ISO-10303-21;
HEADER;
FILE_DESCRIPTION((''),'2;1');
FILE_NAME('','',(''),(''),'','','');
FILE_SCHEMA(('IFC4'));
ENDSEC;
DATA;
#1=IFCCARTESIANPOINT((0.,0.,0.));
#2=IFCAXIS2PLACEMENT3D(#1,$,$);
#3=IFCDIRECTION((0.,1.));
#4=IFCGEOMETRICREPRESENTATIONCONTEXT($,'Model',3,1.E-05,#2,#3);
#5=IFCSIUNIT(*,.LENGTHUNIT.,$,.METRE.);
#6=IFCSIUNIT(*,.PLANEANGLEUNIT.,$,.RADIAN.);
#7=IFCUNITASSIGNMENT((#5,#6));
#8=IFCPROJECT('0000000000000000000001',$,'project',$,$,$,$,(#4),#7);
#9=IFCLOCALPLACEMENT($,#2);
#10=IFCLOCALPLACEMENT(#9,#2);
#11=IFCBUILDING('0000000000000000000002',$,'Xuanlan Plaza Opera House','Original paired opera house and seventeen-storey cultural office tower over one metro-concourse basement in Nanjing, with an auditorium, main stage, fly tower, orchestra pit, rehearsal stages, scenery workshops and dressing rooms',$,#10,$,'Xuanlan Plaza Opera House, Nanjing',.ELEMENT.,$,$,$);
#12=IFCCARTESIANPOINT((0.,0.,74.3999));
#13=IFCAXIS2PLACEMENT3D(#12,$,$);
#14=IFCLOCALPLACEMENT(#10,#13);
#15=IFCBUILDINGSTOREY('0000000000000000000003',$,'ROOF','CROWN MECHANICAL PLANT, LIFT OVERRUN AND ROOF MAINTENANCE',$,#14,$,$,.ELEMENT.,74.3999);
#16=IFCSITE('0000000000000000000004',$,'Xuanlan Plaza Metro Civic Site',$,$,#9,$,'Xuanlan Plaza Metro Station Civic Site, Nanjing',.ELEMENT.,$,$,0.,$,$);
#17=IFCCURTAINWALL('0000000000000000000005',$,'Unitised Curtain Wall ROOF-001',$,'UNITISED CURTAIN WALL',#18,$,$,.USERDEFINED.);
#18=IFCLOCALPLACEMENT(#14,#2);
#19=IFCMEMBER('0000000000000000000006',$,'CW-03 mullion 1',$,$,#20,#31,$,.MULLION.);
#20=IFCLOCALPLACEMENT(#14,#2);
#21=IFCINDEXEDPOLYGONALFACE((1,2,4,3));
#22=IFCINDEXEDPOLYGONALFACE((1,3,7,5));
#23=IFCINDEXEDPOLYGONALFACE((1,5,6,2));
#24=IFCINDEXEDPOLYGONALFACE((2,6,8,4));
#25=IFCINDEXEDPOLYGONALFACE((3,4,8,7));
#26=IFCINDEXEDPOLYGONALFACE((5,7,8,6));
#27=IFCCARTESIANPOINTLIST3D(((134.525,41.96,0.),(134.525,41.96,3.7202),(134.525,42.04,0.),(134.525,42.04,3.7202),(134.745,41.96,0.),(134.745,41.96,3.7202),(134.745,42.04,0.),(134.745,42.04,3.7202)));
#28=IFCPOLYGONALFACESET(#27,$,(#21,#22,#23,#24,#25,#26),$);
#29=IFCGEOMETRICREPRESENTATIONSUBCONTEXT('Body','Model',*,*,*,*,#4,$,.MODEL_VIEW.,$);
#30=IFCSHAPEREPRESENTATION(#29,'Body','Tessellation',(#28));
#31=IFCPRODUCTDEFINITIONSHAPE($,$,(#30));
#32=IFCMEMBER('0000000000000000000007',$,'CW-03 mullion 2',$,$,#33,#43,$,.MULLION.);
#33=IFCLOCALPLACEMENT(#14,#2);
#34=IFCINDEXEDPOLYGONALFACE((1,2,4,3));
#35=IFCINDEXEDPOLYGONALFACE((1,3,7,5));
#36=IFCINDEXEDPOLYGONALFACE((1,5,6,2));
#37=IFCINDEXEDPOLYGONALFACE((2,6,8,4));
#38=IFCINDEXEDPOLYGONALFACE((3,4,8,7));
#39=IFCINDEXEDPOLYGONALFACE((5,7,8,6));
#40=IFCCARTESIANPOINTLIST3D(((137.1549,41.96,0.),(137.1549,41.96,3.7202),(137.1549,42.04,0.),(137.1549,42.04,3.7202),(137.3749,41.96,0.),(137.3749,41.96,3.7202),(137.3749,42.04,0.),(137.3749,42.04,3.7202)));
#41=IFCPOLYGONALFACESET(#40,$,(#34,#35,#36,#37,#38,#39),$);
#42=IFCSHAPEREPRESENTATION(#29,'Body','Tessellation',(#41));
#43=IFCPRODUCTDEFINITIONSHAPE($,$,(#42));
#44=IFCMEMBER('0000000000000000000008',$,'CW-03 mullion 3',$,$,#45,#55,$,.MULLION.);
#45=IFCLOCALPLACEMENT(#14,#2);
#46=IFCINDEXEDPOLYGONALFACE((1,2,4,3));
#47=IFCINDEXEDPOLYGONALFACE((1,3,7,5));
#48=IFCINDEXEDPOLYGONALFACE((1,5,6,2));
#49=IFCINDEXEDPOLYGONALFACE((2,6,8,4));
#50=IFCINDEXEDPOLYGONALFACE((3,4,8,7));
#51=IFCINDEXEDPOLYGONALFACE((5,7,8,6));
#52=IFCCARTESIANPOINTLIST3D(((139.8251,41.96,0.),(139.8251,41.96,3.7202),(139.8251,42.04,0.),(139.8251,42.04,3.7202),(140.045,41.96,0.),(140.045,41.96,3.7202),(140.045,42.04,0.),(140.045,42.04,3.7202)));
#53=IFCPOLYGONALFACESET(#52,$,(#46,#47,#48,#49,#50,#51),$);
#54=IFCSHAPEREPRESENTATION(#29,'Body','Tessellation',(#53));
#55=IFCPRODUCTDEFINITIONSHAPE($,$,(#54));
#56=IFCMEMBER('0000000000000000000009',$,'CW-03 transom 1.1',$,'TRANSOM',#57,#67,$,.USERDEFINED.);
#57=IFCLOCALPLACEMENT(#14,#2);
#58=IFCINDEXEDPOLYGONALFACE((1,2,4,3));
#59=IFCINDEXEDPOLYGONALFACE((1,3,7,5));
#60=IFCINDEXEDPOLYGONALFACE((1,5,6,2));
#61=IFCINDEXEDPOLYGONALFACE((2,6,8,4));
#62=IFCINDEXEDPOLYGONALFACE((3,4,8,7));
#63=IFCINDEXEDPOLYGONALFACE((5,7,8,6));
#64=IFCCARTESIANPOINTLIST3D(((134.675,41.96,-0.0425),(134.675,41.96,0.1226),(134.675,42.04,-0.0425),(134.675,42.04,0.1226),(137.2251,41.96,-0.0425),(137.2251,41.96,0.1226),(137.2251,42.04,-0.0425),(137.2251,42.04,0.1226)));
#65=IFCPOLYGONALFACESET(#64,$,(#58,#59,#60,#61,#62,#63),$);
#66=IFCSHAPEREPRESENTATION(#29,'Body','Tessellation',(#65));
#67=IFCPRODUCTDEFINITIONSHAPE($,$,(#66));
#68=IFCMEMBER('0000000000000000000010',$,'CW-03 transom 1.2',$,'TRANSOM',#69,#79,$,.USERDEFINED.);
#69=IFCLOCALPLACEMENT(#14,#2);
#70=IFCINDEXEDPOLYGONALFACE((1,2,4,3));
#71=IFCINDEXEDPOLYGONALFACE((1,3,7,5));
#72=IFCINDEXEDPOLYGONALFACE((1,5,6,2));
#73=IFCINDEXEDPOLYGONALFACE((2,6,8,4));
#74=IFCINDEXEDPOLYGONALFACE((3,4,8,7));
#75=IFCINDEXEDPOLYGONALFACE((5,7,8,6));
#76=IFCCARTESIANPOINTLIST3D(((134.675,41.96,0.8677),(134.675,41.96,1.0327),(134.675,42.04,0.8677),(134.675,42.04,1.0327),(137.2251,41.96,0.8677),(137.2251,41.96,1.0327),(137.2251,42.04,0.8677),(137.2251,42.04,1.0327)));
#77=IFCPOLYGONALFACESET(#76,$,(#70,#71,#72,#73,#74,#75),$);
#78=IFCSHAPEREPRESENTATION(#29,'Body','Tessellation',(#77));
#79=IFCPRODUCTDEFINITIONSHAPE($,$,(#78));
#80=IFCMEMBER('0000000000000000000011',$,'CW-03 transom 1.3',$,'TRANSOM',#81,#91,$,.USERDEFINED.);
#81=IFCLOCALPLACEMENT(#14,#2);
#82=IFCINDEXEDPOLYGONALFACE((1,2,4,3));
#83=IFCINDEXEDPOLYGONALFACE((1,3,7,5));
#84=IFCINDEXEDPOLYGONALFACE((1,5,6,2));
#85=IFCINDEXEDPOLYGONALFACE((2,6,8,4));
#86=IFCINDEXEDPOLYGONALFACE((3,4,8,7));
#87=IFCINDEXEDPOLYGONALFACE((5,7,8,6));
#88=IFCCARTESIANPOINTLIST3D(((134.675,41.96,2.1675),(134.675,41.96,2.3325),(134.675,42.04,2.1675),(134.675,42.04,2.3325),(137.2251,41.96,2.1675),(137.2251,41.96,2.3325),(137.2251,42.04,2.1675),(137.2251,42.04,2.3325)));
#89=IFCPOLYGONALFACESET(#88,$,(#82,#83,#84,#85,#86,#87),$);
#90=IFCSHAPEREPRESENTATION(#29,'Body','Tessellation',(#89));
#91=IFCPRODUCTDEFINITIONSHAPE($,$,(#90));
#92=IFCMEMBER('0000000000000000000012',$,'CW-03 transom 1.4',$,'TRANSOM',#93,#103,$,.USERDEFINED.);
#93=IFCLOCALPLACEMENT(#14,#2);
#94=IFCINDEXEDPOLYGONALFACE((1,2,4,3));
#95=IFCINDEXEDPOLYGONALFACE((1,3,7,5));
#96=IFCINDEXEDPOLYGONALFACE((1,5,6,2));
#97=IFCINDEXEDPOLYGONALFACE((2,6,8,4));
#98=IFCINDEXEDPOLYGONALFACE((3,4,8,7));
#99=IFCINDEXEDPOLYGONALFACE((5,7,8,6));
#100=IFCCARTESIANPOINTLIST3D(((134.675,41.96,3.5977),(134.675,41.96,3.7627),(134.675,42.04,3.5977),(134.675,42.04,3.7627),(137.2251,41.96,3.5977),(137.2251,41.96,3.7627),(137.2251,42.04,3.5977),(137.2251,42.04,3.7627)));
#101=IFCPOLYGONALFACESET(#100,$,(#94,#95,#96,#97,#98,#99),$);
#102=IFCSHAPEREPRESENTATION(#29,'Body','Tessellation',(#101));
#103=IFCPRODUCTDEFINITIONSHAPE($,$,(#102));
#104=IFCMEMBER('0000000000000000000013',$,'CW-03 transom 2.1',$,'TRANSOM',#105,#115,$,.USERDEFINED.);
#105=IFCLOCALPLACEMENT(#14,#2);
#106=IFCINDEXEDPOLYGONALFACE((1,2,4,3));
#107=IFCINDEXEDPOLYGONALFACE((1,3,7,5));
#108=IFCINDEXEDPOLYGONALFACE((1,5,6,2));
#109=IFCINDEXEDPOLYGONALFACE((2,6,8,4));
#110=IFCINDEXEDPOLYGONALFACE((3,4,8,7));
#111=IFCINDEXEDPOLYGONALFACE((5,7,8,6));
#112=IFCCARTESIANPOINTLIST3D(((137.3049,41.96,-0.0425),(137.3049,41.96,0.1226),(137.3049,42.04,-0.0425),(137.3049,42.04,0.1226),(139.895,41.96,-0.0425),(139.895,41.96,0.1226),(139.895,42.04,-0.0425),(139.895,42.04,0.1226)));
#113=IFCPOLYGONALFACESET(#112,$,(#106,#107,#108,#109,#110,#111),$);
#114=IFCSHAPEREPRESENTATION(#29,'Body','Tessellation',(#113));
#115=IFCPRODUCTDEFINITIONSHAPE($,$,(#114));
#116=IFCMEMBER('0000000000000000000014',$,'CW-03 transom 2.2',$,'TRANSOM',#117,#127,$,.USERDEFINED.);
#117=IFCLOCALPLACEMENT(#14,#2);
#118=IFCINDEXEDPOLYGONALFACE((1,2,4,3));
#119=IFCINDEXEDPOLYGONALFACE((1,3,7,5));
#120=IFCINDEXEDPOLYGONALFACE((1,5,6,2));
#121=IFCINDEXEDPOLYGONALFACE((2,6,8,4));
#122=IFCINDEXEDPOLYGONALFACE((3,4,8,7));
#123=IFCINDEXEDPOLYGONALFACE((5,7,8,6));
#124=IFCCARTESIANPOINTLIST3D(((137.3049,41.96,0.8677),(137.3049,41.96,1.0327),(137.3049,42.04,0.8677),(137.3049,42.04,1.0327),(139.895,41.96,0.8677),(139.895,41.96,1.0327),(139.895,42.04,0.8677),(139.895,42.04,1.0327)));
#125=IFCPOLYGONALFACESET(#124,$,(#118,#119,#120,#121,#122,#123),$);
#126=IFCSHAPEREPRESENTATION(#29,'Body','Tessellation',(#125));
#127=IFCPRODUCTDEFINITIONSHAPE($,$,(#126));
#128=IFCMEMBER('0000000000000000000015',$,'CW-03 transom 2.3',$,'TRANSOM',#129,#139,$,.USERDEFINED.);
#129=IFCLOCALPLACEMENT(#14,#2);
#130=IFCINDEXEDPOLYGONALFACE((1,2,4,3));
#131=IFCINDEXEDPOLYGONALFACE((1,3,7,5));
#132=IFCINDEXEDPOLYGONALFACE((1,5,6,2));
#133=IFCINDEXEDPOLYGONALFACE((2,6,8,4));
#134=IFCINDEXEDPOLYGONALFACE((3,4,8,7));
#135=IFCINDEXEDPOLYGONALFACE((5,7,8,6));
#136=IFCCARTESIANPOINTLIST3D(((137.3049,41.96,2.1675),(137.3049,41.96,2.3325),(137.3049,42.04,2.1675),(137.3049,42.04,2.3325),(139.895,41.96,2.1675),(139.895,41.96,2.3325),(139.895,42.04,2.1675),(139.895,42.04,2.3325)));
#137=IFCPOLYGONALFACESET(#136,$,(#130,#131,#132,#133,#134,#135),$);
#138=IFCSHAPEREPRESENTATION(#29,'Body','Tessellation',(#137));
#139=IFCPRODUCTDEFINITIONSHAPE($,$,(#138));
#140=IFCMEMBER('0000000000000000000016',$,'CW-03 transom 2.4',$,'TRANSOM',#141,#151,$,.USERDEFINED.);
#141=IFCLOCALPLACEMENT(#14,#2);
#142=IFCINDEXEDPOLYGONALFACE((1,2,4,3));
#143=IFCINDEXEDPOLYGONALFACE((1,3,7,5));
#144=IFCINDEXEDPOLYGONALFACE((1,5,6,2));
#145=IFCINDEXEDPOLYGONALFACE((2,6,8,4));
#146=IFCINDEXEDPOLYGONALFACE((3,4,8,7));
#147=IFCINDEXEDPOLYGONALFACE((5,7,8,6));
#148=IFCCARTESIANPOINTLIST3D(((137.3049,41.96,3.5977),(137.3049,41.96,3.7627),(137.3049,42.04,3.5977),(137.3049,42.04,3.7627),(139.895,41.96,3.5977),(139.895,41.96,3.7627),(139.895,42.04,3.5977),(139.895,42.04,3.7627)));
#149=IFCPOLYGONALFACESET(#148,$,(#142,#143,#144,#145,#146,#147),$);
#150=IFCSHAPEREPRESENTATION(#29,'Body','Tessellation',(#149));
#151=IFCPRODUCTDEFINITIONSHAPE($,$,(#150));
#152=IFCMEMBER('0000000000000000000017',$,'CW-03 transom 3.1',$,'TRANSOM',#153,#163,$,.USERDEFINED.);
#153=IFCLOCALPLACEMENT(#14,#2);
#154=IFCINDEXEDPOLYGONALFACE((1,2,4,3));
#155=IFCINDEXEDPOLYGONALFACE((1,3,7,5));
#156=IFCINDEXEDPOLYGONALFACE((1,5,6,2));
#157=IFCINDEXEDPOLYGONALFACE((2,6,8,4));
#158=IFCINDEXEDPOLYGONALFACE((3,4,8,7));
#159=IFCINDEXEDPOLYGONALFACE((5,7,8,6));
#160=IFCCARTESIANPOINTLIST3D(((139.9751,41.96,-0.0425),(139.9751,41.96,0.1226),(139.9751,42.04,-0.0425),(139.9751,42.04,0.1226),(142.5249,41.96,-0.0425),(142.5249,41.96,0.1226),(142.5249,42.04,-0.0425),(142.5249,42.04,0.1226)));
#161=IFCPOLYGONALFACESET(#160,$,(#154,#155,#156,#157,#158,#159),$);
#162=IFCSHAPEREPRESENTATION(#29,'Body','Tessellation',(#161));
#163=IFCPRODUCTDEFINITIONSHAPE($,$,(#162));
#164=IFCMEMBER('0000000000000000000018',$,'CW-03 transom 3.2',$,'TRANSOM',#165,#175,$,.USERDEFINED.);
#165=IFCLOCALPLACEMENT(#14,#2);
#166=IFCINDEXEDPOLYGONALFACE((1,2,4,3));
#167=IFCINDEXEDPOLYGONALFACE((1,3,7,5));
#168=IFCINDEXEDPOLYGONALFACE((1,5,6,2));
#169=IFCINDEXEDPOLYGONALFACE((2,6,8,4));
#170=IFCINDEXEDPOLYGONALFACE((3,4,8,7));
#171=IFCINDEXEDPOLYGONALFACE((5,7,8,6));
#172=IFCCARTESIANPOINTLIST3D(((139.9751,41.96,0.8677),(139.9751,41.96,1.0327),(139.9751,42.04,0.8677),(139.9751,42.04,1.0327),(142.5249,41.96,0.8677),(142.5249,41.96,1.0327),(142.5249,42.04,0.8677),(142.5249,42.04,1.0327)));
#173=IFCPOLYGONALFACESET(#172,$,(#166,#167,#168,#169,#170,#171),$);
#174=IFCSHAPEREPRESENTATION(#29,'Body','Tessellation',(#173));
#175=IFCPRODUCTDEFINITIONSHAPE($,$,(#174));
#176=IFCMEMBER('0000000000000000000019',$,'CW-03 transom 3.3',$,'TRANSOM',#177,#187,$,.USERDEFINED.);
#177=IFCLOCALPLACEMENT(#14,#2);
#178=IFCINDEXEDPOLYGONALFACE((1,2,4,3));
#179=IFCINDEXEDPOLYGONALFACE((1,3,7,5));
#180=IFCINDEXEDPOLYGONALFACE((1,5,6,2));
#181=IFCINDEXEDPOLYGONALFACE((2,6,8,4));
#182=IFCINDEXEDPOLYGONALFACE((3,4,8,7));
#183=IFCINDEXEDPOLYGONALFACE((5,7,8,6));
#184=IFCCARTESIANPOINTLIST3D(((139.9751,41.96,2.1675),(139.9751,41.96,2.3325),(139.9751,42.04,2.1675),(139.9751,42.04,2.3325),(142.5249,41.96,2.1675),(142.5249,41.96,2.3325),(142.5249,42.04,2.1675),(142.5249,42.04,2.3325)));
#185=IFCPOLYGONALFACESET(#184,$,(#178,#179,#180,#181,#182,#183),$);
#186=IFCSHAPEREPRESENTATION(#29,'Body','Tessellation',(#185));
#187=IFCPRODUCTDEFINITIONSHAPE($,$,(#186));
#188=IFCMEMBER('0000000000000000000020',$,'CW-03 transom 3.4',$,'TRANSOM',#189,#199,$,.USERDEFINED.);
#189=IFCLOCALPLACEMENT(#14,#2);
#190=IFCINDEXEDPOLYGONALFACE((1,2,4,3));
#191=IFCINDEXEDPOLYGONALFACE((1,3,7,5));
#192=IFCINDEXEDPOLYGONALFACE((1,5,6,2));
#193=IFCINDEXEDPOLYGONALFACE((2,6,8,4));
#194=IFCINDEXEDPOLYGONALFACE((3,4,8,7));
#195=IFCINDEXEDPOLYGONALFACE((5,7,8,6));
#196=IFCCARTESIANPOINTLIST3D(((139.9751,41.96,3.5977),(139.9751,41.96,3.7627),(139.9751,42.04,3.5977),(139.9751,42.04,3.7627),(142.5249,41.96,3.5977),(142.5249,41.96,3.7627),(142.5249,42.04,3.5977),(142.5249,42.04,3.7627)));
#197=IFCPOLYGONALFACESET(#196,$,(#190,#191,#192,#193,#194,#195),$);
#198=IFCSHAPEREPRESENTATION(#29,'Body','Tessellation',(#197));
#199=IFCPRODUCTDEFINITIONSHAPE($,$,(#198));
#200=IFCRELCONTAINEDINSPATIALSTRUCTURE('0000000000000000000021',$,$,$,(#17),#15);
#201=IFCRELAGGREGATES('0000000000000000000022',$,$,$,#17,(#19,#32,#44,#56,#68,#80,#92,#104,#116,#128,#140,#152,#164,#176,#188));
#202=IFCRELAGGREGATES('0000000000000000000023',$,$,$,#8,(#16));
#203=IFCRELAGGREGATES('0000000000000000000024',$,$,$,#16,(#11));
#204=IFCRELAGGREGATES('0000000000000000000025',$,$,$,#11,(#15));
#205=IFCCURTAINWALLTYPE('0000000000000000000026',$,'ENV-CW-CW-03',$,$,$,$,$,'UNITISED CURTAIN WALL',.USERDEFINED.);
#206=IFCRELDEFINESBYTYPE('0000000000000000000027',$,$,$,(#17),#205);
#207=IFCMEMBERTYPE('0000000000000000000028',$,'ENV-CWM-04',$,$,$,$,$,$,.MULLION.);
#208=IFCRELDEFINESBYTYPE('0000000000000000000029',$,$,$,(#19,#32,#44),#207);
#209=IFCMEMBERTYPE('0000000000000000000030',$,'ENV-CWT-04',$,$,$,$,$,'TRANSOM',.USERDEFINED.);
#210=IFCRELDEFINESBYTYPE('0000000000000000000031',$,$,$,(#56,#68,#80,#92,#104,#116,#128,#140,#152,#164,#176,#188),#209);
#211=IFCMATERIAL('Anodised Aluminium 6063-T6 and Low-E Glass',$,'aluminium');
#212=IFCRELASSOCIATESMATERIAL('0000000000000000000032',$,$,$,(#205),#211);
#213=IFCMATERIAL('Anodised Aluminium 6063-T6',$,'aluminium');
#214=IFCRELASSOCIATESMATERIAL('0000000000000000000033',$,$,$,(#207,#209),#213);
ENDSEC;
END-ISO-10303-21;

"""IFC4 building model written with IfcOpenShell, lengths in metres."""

from ifc_helpers import new_model, si_unit, direction, frame, origin, origin_2d, place, context, subcontext, project, spatial, rectangle, extrude, material, material_profile, profile_set, type_object, element, aggregate, save


model = new_model("IFC4")

# Units and contexts
model_context = context("Model", 3, precision=1e-05, world=origin(), true_north=direction((0.0, 1.0)))
body_context = subcontext(model_context, "Body", "Model", "MODEL_VIEW")
ifc_project = project(units=[si_unit("LENGTHUNIT", "METRE"), si_unit("PLANEANGLEUNIT", "RADIAN")], contexts=[model_context])

# Site, building, storey
site_placement = place(None, origin())
site = spatial("IfcSite", under=ifc_project, at=site_placement, Name="Xuanlan Plaza Metro Civic Site", LongName="Xuanlan Plaza Metro Station Civic Site, Nanjing", CompositionType="ELEMENT", RefElevation=0.0)
building_placement = place(site_placement, origin())
building = spatial("IfcBuilding", under=site, at=building_placement, Name="Xuanlan Plaza Opera House", Description="Original paired opera house and seventeen-storey cultural office tower over one metro-concourse basement in Nanjing, with an auditorium, main stage, fly tower, orchestra pit, rehearsal stages, scenery workshops and dressing rooms", LongName="Xuanlan Plaza Opera House, Nanjing", CompositionType="ELEMENT")
storey_placement = place(building_placement, frame((0.0, 0.0, 74.3999)))
storey = spatial("IfcBuildingStorey", under=building, at=storey_placement, Name="ROOF", Description="CROWN MECHANICAL PLANT, LIFT OVERRUN AND ROOF MAINTENANCE", CompositionType="ELEMENT", Elevation=74.3999)

# Curtain wall, members
ifc_material_1 = material(Name="Anodised Aluminium 6063-T6 and Low-E Glass", Category="aluminium")
curtain_wall_type = type_object("IfcCurtainWallType", Name="ENV-CW-CW-03", ElementType="UNITISED CURTAIN WALL", PredefinedType="USERDEFINED", material=ifc_material_1)
curtain_wall_placement = place(storey_placement, origin())
curtain_wall = element("IfcCurtainWall", 1, at=curtain_wall_placement, inside=storey, type_object=curtain_wall_type, Name="Unitised Curtain Wall ROOF-001", ObjectType="UNITISED CURTAIN WALL", PredefinedType="USERDEFINED")
ifc_material_2 = material(Name="Anodised Aluminium 6063-T6", Category="aluminium")
ifc_material_profile_1 = material_profile(ifc_material_2, rectangle(XDim=0.0801, YDim=0.22, at=origin_2d()), Name="ALU-M 80x220")
ifc_profile_set_1 = profile_set([ifc_material_profile_1], Name="Anodised Aluminium 6063-T6")
member_type_1 = type_object("IfcMemberType", Name="ENV-CWM-04", PredefinedType="MULLION", material=ifc_profile_set_1)
member_1_placement = place(storey_placement, frame((134.635, 42.0, 0.0), z_axis=(0.0, 0.0, 1.0), x_axis=(0.0, 1.0, 0.0)))
member_1 = element("IfcMember", 2, at=member_1_placement, type_object=member_type_1, Name="CW-03 mullion 1", PredefinedType="MULLION", context=body_context, shape_type="SweptSolid", body=[
    extrude(rectangle(XDim=0.0801, YDim=0.22, at=origin_2d()), origin(), (0.0, 0.0, 1.0), 3.7202),
])
member_2_placement = place(storey_placement, frame((137.2649, 42.0, 0.0), z_axis=(0.0, 0.0, 1.0), x_axis=(0.0, 1.0, 0.0)))
member_2 = element("IfcMember", 3, at=member_2_placement, type_object=member_type_1, Name="CW-03 mullion 2", PredefinedType="MULLION", context=body_context, shape_type="SweptSolid", body=[
    extrude(rectangle(XDim=0.0801, YDim=0.22, at=origin_2d()), origin(), (0.0, 0.0, 1.0), 3.7202),
])
member_3_placement = place(storey_placement, frame((139.9351, 42.0, 0.0), z_axis=(0.0, 0.0, 1.0), x_axis=(0.0, 1.0, 0.0)))
member_3 = element("IfcMember", 4, at=member_3_placement, type_object=member_type_1, Name="CW-03 mullion 3", PredefinedType="MULLION", context=body_context, shape_type="SweptSolid", body=[
    extrude(rectangle(XDim=0.0801, YDim=0.22, at=origin_2d()), origin(), (0.0, 0.0, 1.0), 3.7202),
])
ifc_material_profile_2 = material_profile(ifc_material_2, rectangle(XDim=0.0801, YDim=0.165, at=origin_2d()), Name="ALU-T 80x165")
ifc_profile_set_2 = profile_set([ifc_material_profile_2], Name="Anodised Aluminium 6063-T6")
member_type_2 = type_object("IfcMemberType", Name="ENV-CWT-04", ElementType="TRANSOM", PredefinedType="USERDEFINED", material=ifc_profile_set_2)
member_4_placement = place(storey_placement, frame((134.675, 42.0, 0.04), z_axis=(1.0, 0.0, 0.0), x_axis=(0.0, 1.0, 0.0)))
member_4 = element("IfcMember", 5, at=member_4_placement, type_object=member_type_2, Name="CW-03 transom 1.1", ObjectType="TRANSOM", PredefinedType="USERDEFINED", context=body_context, shape_type="SweptSolid", body=[
    extrude(rectangle(XDim=0.0801, YDim=0.165, at=origin_2d()), origin(), (0.0, 0.0, 1.0), 2.55),
])
member_5_placement = place(storey_placement, frame((134.675, 42.0, 0.9502), z_axis=(1.0, 0.0, 0.0), x_axis=(0.0, 1.0, 0.0)))
member_5 = element("IfcMember", 6, at=member_5_placement, type_object=member_type_2, Name="CW-03 transom 1.2", ObjectType="TRANSOM", PredefinedType="USERDEFINED", context=body_context, shape_type="SweptSolid", body=[
    extrude(rectangle(XDim=0.0801, YDim=0.165, at=origin_2d()), origin(), (0.0, 0.0, 1.0), 2.55),
])
member_6_placement = place(storey_placement, frame((134.675, 42.0, 2.25), z_axis=(1.0, 0.0, 0.0), x_axis=(0.0, 1.0, 0.0)))
member_6 = element("IfcMember", 7, at=member_6_placement, type_object=member_type_2, Name="CW-03 transom 1.3", ObjectType="TRANSOM", PredefinedType="USERDEFINED", context=body_context, shape_type="SweptSolid", body=[
    extrude(rectangle(XDim=0.0801, YDim=0.165, at=origin_2d()), origin(), (0.0, 0.0, 1.0), 2.55),
])
member_7_placement = place(storey_placement, frame((134.675, 42.0, 3.6802), z_axis=(1.0, 0.0, 0.0), x_axis=(0.0, 1.0, 0.0)))
member_7 = element("IfcMember", 8, at=member_7_placement, type_object=member_type_2, Name="CW-03 transom 1.4", ObjectType="TRANSOM", PredefinedType="USERDEFINED", context=body_context, shape_type="SweptSolid", body=[
    extrude(rectangle(XDim=0.0801, YDim=0.165, at=origin_2d()), origin(), (0.0, 0.0, 1.0), 2.55),
])
member_8_placement = place(storey_placement, frame((137.3049, 42.0, 0.04), z_axis=(1.0, 0.0, 0.0), x_axis=(0.0, 1.0, 0.0)))
member_8 = element("IfcMember", 9, at=member_8_placement, type_object=member_type_2, Name="CW-03 transom 2.1", ObjectType="TRANSOM", PredefinedType="USERDEFINED", context=body_context, shape_type="SweptSolid", body=[
    extrude(rectangle(XDim=0.0801, YDim=0.165, at=origin_2d()), origin(), (0.0, 0.0, 1.0), 2.5901),
])
member_9_placement = place(storey_placement, frame((137.3049, 42.0, 0.9502), z_axis=(1.0, 0.0, 0.0), x_axis=(0.0, 1.0, 0.0)))
member_9 = element("IfcMember", 10, at=member_9_placement, type_object=member_type_2, Name="CW-03 transom 2.2", ObjectType="TRANSOM", PredefinedType="USERDEFINED", context=body_context, shape_type="SweptSolid", body=[
    extrude(rectangle(XDim=0.0801, YDim=0.165, at=origin_2d()), origin(), (0.0, 0.0, 1.0), 2.5901),
])
member_10_placement = place(storey_placement, frame((137.3049, 42.0, 2.25), z_axis=(1.0, 0.0, 0.0), x_axis=(0.0, 1.0, 0.0)))
member_10 = element("IfcMember", 11, at=member_10_placement, type_object=member_type_2, Name="CW-03 transom 2.3", ObjectType="TRANSOM", PredefinedType="USERDEFINED", context=body_context, shape_type="SweptSolid", body=[
    extrude(rectangle(XDim=0.0801, YDim=0.165, at=origin_2d()), origin(), (0.0, 0.0, 1.0), 2.5901),
])
member_11_placement = place(storey_placement, frame((137.3049, 42.0, 3.6802), z_axis=(1.0, 0.0, 0.0), x_axis=(0.0, 1.0, 0.0)))
member_11 = element("IfcMember", 12, at=member_11_placement, type_object=member_type_2, Name="CW-03 transom 2.4", ObjectType="TRANSOM", PredefinedType="USERDEFINED", context=body_context, shape_type="SweptSolid", body=[
    extrude(rectangle(XDim=0.0801, YDim=0.165, at=origin_2d()), origin(), (0.0, 0.0, 1.0), 2.5901),
])
member_12_placement = place(storey_placement, frame((139.9751, 42.0, 0.04), z_axis=(1.0, 0.0, 0.0), x_axis=(0.0, 1.0, 0.0)))
member_12 = element("IfcMember", 13, at=member_12_placement, type_object=member_type_2, Name="CW-03 transom 3.1", ObjectType="TRANSOM", PredefinedType="USERDEFINED", context=body_context, shape_type="SweptSolid", body=[
    extrude(rectangle(XDim=0.0801, YDim=0.165, at=origin_2d()), origin(), (0.0, 0.0, 1.0), 2.5498),
])
member_13_placement = place(storey_placement, frame((139.9751, 42.0, 0.9502), z_axis=(1.0, 0.0, 0.0), x_axis=(0.0, 1.0, 0.0)))
member_13 = element("IfcMember", 14, at=member_13_placement, type_object=member_type_2, Name="CW-03 transom 3.2", ObjectType="TRANSOM", PredefinedType="USERDEFINED", context=body_context, shape_type="SweptSolid", body=[
    extrude(rectangle(XDim=0.0801, YDim=0.165, at=origin_2d()), origin(), (0.0, 0.0, 1.0), 2.5498),
])
member_14_placement = place(storey_placement, frame((139.9751, 42.0, 2.25), z_axis=(1.0, 0.0, 0.0), x_axis=(0.0, 1.0, 0.0)))
member_14 = element("IfcMember", 15, at=member_14_placement, type_object=member_type_2, Name="CW-03 transom 3.3", ObjectType="TRANSOM", PredefinedType="USERDEFINED", context=body_context, shape_type="SweptSolid", body=[
    extrude(rectangle(XDim=0.0801, YDim=0.165, at=origin_2d()), origin(), (0.0, 0.0, 1.0), 2.5498),
])
member_15_placement = place(storey_placement, frame((139.9751, 42.0, 3.6802), z_axis=(1.0, 0.0, 0.0), x_axis=(0.0, 1.0, 0.0)))
member_15 = element("IfcMember", 16, at=member_15_placement, type_object=member_type_2, Name="CW-03 transom 3.4", ObjectType="TRANSOM", PredefinedType="USERDEFINED", context=body_context, shape_type="SweptSolid", body=[
    extrude(rectangle(XDim=0.0801, YDim=0.165, at=origin_2d()), origin(), (0.0, 0.0, 1.0), 2.5498),
])
aggregate(curtain_wall, [member_1, member_2, member_3, member_4, member_5, member_6, member_7, member_8, member_9, member_10, member_11, member_12, member_13, member_14, member_15])

save(model, "model.ifc")
